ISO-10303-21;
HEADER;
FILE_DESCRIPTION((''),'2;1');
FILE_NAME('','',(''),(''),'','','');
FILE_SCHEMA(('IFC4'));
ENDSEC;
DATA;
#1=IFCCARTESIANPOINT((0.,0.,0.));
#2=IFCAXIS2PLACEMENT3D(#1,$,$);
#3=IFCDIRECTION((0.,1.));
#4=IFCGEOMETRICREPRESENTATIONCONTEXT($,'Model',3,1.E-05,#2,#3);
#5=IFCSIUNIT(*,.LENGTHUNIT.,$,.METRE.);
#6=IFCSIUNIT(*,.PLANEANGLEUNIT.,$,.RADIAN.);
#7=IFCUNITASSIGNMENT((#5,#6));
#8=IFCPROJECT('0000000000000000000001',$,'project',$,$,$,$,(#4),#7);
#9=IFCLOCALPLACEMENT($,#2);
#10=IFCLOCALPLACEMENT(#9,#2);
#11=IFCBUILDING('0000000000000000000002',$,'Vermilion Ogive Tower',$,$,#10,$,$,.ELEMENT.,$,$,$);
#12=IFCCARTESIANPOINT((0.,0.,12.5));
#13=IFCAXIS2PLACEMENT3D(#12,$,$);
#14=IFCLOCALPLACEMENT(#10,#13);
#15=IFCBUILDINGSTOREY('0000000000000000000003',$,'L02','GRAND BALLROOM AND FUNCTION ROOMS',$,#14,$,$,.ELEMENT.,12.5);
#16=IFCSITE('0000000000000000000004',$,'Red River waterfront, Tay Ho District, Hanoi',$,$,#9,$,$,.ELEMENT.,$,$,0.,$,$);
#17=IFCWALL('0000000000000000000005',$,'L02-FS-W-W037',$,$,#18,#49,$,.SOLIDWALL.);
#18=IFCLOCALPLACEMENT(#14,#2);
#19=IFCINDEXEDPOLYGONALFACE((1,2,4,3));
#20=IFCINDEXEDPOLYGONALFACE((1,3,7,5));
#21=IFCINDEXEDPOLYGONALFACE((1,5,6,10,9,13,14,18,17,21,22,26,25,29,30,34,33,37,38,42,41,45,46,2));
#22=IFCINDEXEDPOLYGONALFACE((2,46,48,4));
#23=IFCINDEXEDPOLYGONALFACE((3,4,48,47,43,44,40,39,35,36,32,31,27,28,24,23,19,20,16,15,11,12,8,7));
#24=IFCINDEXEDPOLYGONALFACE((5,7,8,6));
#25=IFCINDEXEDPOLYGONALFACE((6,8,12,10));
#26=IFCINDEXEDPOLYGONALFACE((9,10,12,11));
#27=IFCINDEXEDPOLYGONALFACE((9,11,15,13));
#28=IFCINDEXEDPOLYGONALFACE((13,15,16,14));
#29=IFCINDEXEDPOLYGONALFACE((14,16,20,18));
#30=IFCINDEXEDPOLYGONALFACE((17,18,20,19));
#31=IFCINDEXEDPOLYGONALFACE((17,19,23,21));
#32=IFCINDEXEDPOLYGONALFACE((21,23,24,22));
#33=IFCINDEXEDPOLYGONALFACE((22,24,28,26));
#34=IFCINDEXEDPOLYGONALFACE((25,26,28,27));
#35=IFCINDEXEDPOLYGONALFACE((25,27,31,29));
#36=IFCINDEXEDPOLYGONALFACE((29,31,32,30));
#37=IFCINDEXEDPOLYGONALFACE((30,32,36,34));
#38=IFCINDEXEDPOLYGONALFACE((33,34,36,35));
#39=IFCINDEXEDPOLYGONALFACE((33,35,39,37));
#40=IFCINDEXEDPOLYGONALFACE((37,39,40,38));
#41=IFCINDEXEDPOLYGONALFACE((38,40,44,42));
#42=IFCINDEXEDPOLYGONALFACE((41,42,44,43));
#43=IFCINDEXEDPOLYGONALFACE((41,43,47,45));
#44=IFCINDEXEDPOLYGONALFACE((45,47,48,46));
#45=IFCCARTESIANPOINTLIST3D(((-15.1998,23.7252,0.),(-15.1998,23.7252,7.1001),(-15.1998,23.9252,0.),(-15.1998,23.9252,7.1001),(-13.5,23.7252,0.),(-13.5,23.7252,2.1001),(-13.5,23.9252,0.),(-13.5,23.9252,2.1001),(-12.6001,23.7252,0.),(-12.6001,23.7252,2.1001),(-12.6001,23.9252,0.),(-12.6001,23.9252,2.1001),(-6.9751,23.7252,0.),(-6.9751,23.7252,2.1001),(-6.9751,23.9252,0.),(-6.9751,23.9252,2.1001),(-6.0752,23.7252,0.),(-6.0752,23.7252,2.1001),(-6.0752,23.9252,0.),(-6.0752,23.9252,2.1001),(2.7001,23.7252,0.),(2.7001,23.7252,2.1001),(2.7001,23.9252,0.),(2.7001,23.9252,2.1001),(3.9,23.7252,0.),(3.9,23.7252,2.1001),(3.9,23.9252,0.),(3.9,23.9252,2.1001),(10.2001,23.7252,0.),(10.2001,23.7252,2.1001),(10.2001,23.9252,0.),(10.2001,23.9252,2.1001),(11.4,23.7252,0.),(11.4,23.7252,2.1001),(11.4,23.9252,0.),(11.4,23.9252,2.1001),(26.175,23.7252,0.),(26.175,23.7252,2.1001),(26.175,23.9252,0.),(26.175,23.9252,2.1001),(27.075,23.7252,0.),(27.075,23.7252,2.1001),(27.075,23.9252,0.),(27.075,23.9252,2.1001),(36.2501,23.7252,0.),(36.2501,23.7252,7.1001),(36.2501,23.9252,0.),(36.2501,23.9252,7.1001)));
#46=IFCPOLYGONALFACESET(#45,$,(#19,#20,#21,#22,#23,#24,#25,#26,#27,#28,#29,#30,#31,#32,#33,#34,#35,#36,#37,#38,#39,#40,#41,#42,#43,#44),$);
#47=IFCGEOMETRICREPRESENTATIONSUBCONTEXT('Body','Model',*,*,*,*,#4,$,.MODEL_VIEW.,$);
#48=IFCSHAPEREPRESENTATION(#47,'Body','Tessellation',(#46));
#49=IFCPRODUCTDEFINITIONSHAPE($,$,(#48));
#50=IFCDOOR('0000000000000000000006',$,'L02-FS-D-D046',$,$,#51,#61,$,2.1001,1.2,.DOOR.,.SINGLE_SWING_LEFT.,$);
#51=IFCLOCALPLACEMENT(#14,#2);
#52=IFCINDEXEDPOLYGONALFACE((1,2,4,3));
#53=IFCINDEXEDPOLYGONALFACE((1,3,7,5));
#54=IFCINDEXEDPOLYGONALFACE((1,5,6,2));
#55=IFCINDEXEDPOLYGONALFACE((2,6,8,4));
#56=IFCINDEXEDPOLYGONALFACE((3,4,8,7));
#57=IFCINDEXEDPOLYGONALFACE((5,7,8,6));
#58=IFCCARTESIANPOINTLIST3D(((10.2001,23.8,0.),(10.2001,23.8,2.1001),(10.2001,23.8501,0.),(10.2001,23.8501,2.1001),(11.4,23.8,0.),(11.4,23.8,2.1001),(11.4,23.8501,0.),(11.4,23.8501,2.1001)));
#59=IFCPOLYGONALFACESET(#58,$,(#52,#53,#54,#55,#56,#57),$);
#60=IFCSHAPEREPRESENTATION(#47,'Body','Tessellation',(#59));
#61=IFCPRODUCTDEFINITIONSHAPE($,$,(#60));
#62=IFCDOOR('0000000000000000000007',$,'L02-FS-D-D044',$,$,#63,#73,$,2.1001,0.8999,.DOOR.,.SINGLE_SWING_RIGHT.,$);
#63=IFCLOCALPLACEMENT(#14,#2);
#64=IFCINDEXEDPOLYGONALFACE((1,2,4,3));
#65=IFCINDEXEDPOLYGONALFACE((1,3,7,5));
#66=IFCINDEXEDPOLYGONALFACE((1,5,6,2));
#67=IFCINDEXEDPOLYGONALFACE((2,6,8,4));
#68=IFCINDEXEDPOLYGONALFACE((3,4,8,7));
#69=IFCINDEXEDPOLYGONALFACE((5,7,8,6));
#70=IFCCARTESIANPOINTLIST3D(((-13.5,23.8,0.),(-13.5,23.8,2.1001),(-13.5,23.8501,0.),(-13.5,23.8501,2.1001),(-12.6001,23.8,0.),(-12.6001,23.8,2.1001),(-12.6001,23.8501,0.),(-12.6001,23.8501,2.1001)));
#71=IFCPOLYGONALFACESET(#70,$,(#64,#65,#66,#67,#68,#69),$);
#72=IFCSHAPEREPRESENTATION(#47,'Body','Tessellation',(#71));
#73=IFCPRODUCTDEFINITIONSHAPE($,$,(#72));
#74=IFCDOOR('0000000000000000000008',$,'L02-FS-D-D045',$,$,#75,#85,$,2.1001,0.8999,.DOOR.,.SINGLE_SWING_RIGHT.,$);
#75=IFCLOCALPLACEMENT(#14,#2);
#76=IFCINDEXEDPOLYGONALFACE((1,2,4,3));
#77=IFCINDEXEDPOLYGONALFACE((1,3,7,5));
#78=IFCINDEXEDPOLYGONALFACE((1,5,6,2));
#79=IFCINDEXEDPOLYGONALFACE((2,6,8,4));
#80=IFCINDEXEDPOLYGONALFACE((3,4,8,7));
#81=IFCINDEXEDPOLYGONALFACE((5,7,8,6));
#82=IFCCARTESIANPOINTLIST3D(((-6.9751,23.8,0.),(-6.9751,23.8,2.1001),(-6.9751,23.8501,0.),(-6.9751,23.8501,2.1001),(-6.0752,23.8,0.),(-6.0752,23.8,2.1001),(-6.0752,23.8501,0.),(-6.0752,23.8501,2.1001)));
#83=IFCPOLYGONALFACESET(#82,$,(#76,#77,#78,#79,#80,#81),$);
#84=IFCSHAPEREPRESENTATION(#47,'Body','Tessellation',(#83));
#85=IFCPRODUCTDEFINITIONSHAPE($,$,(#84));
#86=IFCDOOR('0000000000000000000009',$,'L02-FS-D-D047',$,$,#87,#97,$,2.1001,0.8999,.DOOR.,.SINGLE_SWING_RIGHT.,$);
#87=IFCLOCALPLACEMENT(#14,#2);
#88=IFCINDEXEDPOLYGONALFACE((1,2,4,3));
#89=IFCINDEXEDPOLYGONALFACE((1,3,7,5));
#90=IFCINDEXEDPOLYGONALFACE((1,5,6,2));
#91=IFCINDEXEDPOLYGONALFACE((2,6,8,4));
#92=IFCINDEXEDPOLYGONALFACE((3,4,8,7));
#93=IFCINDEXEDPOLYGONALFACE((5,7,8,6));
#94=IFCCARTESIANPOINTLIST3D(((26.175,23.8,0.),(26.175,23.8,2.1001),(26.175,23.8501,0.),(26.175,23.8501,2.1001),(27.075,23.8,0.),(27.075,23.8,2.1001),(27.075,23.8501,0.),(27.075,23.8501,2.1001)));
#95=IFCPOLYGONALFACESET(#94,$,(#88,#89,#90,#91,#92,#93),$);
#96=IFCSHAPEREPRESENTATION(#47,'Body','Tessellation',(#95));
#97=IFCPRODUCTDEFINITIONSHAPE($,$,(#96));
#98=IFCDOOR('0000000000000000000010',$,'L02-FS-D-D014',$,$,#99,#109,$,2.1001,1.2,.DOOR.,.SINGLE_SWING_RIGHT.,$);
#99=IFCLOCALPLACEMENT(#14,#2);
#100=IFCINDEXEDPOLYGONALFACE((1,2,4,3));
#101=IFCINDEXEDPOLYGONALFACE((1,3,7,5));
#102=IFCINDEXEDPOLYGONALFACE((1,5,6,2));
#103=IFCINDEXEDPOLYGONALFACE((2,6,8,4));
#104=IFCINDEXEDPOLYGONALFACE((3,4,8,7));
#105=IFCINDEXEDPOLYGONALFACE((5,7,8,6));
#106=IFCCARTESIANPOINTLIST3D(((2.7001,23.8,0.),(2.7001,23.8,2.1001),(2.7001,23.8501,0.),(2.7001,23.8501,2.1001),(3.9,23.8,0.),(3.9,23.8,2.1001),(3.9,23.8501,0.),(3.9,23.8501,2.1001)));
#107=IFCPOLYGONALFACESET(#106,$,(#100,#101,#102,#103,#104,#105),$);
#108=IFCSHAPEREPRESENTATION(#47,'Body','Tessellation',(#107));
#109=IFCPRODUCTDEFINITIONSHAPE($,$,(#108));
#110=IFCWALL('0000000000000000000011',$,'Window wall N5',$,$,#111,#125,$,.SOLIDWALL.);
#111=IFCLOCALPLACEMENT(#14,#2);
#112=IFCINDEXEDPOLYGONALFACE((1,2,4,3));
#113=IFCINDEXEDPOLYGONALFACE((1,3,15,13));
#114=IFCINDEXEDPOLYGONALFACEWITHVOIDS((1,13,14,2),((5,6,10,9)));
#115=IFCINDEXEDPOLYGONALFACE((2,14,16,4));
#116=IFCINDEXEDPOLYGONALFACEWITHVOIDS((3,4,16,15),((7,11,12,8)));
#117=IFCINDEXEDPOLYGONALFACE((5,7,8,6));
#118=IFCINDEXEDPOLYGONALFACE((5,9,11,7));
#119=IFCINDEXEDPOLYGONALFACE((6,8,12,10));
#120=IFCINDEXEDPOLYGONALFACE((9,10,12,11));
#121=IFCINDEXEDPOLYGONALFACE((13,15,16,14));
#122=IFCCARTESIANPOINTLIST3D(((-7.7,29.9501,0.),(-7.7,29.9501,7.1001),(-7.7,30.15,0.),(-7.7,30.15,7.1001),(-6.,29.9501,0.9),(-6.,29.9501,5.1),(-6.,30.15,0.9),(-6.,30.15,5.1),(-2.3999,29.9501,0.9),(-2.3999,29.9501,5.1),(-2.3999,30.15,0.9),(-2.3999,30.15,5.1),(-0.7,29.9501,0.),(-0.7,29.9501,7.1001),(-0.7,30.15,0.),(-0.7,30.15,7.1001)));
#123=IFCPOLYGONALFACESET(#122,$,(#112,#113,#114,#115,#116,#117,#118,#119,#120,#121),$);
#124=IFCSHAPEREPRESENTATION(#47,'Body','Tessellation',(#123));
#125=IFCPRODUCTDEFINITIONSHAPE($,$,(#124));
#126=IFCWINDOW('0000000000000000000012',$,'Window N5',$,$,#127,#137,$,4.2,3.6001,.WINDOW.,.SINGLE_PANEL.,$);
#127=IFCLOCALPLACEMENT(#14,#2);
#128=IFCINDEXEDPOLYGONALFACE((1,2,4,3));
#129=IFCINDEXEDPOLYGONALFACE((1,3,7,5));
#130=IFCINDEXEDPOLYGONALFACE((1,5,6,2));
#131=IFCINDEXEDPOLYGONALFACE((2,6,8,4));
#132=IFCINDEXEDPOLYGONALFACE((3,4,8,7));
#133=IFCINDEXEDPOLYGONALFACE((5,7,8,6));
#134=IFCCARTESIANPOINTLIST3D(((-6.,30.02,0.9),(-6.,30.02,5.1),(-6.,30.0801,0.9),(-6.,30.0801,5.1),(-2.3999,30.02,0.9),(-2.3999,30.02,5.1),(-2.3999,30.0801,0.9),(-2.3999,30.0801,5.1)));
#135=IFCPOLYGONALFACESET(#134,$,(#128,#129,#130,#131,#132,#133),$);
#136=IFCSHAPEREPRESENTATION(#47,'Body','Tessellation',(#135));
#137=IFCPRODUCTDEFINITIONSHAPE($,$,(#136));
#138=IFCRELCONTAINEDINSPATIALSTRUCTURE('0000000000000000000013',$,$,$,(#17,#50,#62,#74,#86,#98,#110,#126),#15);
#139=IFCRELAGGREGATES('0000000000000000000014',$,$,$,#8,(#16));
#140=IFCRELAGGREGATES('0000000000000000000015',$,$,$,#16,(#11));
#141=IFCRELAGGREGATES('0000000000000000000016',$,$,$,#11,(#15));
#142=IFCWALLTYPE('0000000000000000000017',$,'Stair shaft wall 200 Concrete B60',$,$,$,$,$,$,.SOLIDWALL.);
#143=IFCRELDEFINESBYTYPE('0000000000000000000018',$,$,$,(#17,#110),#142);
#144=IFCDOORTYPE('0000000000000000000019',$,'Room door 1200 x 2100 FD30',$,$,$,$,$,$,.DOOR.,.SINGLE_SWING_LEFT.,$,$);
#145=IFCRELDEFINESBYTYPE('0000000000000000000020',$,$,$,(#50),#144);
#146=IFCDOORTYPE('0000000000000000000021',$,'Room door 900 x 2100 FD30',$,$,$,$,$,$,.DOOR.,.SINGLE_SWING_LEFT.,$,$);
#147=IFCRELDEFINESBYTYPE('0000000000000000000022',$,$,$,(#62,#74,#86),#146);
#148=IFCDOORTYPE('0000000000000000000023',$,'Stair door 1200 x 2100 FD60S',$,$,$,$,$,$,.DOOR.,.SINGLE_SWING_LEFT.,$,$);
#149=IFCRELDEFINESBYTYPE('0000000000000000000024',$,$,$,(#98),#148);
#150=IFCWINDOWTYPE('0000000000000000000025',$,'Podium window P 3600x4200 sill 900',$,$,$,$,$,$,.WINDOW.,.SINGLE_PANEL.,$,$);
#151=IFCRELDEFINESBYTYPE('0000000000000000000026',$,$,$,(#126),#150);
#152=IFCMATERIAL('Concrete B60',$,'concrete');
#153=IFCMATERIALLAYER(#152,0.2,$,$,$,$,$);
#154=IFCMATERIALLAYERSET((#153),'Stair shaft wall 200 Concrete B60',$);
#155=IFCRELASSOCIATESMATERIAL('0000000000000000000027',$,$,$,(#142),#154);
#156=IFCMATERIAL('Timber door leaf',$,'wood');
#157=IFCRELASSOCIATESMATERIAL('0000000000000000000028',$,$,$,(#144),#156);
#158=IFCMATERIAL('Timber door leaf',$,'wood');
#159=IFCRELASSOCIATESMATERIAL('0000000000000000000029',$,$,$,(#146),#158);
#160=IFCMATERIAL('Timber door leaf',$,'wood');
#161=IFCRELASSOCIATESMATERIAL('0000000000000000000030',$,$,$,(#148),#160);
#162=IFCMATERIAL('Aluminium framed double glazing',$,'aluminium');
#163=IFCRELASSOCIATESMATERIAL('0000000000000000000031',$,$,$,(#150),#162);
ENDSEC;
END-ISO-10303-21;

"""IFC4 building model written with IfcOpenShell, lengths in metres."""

from ifc_helpers import new_model, si_unit, direction, frame, frame_2d, origin, place, context, subcontext, project, spatial, rectangle, extrude, material, layer, layer_set, type_object, element, fill, save


model = new_model("IFC4")

# Units and contexts
model_context = context("Model", 3, precision=1e-05, world=origin(), true_north=direction((0.0, 1.0)))
body_context = subcontext(model_context, "Body", "Model", "MODEL_VIEW")
ifc_project = project(units=[si_unit("LENGTHUNIT", "METRE"), si_unit("PLANEANGLEUNIT", "RADIAN")], contexts=[model_context])

# Site, building, storey
site_placement = place(None, origin())
site = spatial("IfcSite", under=ifc_project, at=site_placement, Name="Red River waterfront, Tay Ho District, Hanoi", CompositionType="ELEMENT", RefElevation=0.0)
building_placement = place(site_placement, origin())
building = spatial("IfcBuilding", under=site, at=building_placement, Name="Vermilion Ogive Tower", CompositionType="ELEMENT")
storey_placement = place(building_placement, frame((0.0, 0.0, 12.5)))
storey = spatial("IfcBuildingStorey", under=building, at=storey_placement, Name="L02", Description="GRAND BALLROOM AND FUNCTION ROOMS", CompositionType="ELEMENT", Elevation=12.5)

# Shared definitions
ifc_material_1 = material(Name="Concrete B60", Category="concrete")
ifc_layer_1 = layer(ifc_material_1, 0.2)
ifc_layer_set_1 = layer_set([ifc_layer_1], Name="Stair shaft wall 200 Concrete B60")
wall_type_1 = type_object("IfcWallType", Name="Stair shaft wall 200 Concrete B60", PredefinedType="SOLIDWALL", material=ifc_layer_set_1)

# Wall, openings, doors
wall_1_placement = place(storey_placement, frame((-15.2, 23.8252, 0.0), z_axis=(0.0, 0.0, 1.0), x_axis=(1.0, 0.0, 0.0)))
wall_1 = element("IfcWall", 1, at=wall_1_placement, inside=storey, type_object=wall_type_1, Name="L02-FS-W-W037", PredefinedType="SOLIDWALL", context=body_context, shape_type="SweptSolid", body=[
    extrude(rectangle(XDim=51.45, YDim=0.2, at=frame_2d((25.7251, 0.0))), origin(), (0.0, 0.0, 1.0), 7.1001),
])
opening_1_placement = place(wall_1_placement, frame((17.8999, 0.0, 0.0)))
opening_1 = element("IfcOpeningElement", 2, at=opening_1_placement, cuts=wall_1, PredefinedType="OPENING", context=body_context, shape_type="SweptSolid", body=[
    extrude(rectangle(XDim=1.2, YDim=2.1001, at=frame_2d((0.6001, 1.05))), frame((0.0, 0.1099, 0.0), z_axis=(0.0, -1.0, 0.0), x_axis=(1.0, 0.0, 0.0)), (0.0, 0.0, 1.0), 0.22),
])
opening_2_placement = place(wall_1_placement, frame((1.7, 0.0, 0.0)))
opening_2 = element("IfcOpeningElement", 3, at=opening_2_placement, cuts=wall_1, PredefinedType="OPENING", context=body_context, shape_type="SweptSolid", body=[
    extrude(rectangle(XDim=0.8999, YDim=2.1001, at=frame_2d((0.45, 1.05))), frame((0.0, 0.1099, 0.0), z_axis=(0.0, -1.0, 0.0), x_axis=(1.0, 0.0, 0.0)), (0.0, 0.0, 1.0), 0.22),
])
opening_3_placement = place(wall_1_placement, frame((8.2249, 0.0, 0.0)))
opening_3 = element("IfcOpeningElement", 4, at=opening_3_placement, cuts=wall_1, PredefinedType="OPENING", context=body_context, shape_type="SweptSolid", body=[
    extrude(rectangle(XDim=0.8999, YDim=2.1001, at=frame_2d((0.45, 1.05))), frame((0.0, 0.1099, 0.0), z_axis=(0.0, -1.0, 0.0), x_axis=(1.0, 0.0, 0.0)), (0.0, 0.0, 1.0), 0.22),
])
opening_4_placement = place(wall_1_placement, frame((25.3999, 0.0, 0.0)))
opening_4 = element("IfcOpeningElement", 5, at=opening_4_placement, cuts=wall_1, PredefinedType="OPENING", context=body_context, shape_type="SweptSolid", body=[
    extrude(rectangle(XDim=1.2, YDim=2.1001, at=frame_2d((0.6001, 1.05))), frame((0.0, 0.1099, 0.0), z_axis=(0.0, -1.0, 0.0), x_axis=(1.0, 0.0, 0.0)), (0.0, 0.0, 1.0), 0.22),
])
opening_5_placement = place(wall_1_placement, frame((41.375, 0.0, 0.0)))
opening_5 = element("IfcOpeningElement", 6, at=opening_5_placement, cuts=wall_1, PredefinedType="OPENING", context=body_context, shape_type="SweptSolid", body=[
    extrude(rectangle(XDim=0.8999, YDim=2.1001, at=frame_2d((0.45, 1.05))), frame((0.0, 0.1099, 0.0), z_axis=(0.0, -1.0, 0.0), x_axis=(1.0, 0.0, 0.0)), (0.0, 0.0, 1.0), 0.22),
])
ifc_material_2 = material(Name="Timber door leaf", Category="wood")
door_type_1 = type_object("IfcDoorType", Name="Room door 1200 x 2100 FD30", OperationType="SINGLE_SWING_LEFT", PredefinedType="DOOR", material=ifc_material_2)
door_1_placement = place(opening_4_placement, origin())
door_1 = element("IfcDoor", 7, at=door_1_placement, inside=storey, type_object=door_type_1, Name="L02-FS-D-D046", OperationType="SINGLE_SWING_LEFT", OverallHeight=2.1001, OverallWidth=1.2, PredefinedType="DOOR", context=body_context, shape_type="SweptSolid", body=[
    extrude(rectangle(XDim=1.2, YDim=2.1001, at=frame_2d((0.6001, 1.05))), frame((0.0, 0.0249, 0.0), z_axis=(0.0, -1.0, 0.0), x_axis=(1.0, 0.0, 0.0)), (0.0, 0.0, 1.0), 0.05),
])
fill(opening_4, door_1)
ifc_material_3 = material(Name="Timber door leaf", Category="wood")
door_type_2 = type_object("IfcDoorType", Name="Room door 900 x 2100 FD30", OperationType="SINGLE_SWING_LEFT", PredefinedType="DOOR", material=ifc_material_3)
door_2_placement = place(opening_2_placement, origin())
door_2 = element("IfcDoor", 8, at=door_2_placement, inside=storey, type_object=door_type_2, Name="L02-FS-D-D044", OperationType="SINGLE_SWING_RIGHT", OverallHeight=2.1001, OverallWidth=0.8999, PredefinedType="DOOR", context=body_context, shape_type="SweptSolid", body=[
    extrude(rectangle(XDim=0.8999, YDim=2.1001, at=frame_2d((0.45, 1.05))), frame((0.0, 0.0249, 0.0), z_axis=(0.0, -1.0, 0.0), x_axis=(1.0, 0.0, 0.0)), (0.0, 0.0, 1.0), 0.05),
])
fill(opening_2, door_2)
door_3_placement = place(opening_3_placement, origin())
door_3 = element("IfcDoor", 9, at=door_3_placement, inside=storey, type_object=door_type_2, Name="L02-FS-D-D045", OperationType="SINGLE_SWING_RIGHT", OverallHeight=2.1001, OverallWidth=0.8999, PredefinedType="DOOR", context=body_context, shape_type="SweptSolid", body=[
    extrude(rectangle(XDim=0.8999, YDim=2.1001, at=frame_2d((0.45, 1.05))), frame((0.0, 0.0249, 0.0), z_axis=(0.0, -1.0, 0.0), x_axis=(1.0, 0.0, 0.0)), (0.0, 0.0, 1.0), 0.05),
])
fill(opening_3, door_3)
door_4_placement = place(opening_5_placement, origin())
door_4 = element("IfcDoor", 10, at=door_4_placement, inside=storey, type_object=door_type_2, Name="L02-FS-D-D047", OperationType="SINGLE_SWING_RIGHT", OverallHeight=2.1001, OverallWidth=0.8999, PredefinedType="DOOR", context=body_context, shape_type="SweptSolid", body=[
    extrude(rectangle(XDim=0.8999, YDim=2.1001, at=frame_2d((0.45, 1.05))), frame((0.0, 0.0249, 0.0), z_axis=(0.0, -1.0, 0.0), x_axis=(1.0, 0.0, 0.0)), (0.0, 0.0, 1.0), 0.05),
])
fill(opening_5, door_4)
ifc_material_4 = material(Name="Timber door leaf", Category="wood")
door_type_3 = type_object("IfcDoorType", Name="Stair door 1200 x 2100 FD60S", OperationType="SINGLE_SWING_LEFT", PredefinedType="DOOR", material=ifc_material_4)
door_5_placement = place(opening_1_placement, origin())
door_5 = element("IfcDoor", 11, at=door_5_placement, inside=storey, type_object=door_type_3, Name="L02-FS-D-D014", OperationType="SINGLE_SWING_RIGHT", OverallHeight=2.1001, OverallWidth=1.2, PredefinedType="DOOR", context=body_context, shape_type="SweptSolid", body=[
    extrude(rectangle(XDim=1.2, YDim=2.1001, at=frame_2d((0.6001, 1.05))), frame((0.0, 0.0249, 0.0), z_axis=(0.0, -1.0, 0.0), x_axis=(1.0, 0.0, 0.0)), (0.0, 0.0, 1.0), 0.05),
])
fill(opening_1, door_5)

# Wall, opening, window
wall_2_placement = place(storey_placement, frame((-7.7, 30.05, 0.0), z_axis=(0.0, 0.0, 1.0), x_axis=(1.0, 0.0, 0.0)))
wall_2 = element("IfcWall", 12, at=wall_2_placement, inside=storey, type_object=wall_type_1, Name="Window wall N5", PredefinedType="SOLIDWALL", context=body_context, shape_type="SweptSolid", body=[
    extrude(rectangle(XDim=7.0, YDim=0.2, at=frame_2d((3.5, 0.0))), origin(), (0.0, 0.0, 1.0), 7.1001),
])
opening_6_placement = place(wall_2_placement, frame((1.7, 0.0, 0.8999)))
opening_6 = element("IfcOpeningElement", 13, at=opening_6_placement, cuts=wall_2, PredefinedType="OPENING", context=body_context, shape_type="SweptSolid", body=[
    extrude(rectangle(XDim=3.6001, YDim=4.2, at=frame_2d((1.8, 2.1001))), frame((0.0, 0.1099, 0.0), z_axis=(0.0, -1.0, 0.0), x_axis=(1.0, 0.0, 0.0)), (0.0, 0.0, 1.0), 0.22),
])
ifc_material_5 = material(Name="Aluminium framed double glazing", Category="aluminium")
window_type = type_object("IfcWindowType", Name="Podium window P 3600x4200 sill 900", PartitioningType="SINGLE_PANEL", PredefinedType="WINDOW", material=ifc_material_5)
window_1_placement = place(opening_6_placement, origin())
window_1 = element("IfcWindow", 14, at=window_1_placement, inside=storey, type_object=window_type, Name="Window N5", OverallHeight=4.2, OverallWidth=3.6001, PartitioningType="SINGLE_PANEL", PredefinedType="WINDOW", context=body_context, shape_type="SweptSolid", body=[
    extrude(rectangle(XDim=3.6001, YDim=4.2, at=frame_2d((1.8, 2.1001))), frame((0.0, 0.03, 0.0), z_axis=(0.0, -1.0, 0.0), x_axis=(1.0, 0.0, 0.0)), (0.0, 0.0, 1.0), 0.0601),
])
fill(opening_6, window_1)

save(model, "model.ifc")
